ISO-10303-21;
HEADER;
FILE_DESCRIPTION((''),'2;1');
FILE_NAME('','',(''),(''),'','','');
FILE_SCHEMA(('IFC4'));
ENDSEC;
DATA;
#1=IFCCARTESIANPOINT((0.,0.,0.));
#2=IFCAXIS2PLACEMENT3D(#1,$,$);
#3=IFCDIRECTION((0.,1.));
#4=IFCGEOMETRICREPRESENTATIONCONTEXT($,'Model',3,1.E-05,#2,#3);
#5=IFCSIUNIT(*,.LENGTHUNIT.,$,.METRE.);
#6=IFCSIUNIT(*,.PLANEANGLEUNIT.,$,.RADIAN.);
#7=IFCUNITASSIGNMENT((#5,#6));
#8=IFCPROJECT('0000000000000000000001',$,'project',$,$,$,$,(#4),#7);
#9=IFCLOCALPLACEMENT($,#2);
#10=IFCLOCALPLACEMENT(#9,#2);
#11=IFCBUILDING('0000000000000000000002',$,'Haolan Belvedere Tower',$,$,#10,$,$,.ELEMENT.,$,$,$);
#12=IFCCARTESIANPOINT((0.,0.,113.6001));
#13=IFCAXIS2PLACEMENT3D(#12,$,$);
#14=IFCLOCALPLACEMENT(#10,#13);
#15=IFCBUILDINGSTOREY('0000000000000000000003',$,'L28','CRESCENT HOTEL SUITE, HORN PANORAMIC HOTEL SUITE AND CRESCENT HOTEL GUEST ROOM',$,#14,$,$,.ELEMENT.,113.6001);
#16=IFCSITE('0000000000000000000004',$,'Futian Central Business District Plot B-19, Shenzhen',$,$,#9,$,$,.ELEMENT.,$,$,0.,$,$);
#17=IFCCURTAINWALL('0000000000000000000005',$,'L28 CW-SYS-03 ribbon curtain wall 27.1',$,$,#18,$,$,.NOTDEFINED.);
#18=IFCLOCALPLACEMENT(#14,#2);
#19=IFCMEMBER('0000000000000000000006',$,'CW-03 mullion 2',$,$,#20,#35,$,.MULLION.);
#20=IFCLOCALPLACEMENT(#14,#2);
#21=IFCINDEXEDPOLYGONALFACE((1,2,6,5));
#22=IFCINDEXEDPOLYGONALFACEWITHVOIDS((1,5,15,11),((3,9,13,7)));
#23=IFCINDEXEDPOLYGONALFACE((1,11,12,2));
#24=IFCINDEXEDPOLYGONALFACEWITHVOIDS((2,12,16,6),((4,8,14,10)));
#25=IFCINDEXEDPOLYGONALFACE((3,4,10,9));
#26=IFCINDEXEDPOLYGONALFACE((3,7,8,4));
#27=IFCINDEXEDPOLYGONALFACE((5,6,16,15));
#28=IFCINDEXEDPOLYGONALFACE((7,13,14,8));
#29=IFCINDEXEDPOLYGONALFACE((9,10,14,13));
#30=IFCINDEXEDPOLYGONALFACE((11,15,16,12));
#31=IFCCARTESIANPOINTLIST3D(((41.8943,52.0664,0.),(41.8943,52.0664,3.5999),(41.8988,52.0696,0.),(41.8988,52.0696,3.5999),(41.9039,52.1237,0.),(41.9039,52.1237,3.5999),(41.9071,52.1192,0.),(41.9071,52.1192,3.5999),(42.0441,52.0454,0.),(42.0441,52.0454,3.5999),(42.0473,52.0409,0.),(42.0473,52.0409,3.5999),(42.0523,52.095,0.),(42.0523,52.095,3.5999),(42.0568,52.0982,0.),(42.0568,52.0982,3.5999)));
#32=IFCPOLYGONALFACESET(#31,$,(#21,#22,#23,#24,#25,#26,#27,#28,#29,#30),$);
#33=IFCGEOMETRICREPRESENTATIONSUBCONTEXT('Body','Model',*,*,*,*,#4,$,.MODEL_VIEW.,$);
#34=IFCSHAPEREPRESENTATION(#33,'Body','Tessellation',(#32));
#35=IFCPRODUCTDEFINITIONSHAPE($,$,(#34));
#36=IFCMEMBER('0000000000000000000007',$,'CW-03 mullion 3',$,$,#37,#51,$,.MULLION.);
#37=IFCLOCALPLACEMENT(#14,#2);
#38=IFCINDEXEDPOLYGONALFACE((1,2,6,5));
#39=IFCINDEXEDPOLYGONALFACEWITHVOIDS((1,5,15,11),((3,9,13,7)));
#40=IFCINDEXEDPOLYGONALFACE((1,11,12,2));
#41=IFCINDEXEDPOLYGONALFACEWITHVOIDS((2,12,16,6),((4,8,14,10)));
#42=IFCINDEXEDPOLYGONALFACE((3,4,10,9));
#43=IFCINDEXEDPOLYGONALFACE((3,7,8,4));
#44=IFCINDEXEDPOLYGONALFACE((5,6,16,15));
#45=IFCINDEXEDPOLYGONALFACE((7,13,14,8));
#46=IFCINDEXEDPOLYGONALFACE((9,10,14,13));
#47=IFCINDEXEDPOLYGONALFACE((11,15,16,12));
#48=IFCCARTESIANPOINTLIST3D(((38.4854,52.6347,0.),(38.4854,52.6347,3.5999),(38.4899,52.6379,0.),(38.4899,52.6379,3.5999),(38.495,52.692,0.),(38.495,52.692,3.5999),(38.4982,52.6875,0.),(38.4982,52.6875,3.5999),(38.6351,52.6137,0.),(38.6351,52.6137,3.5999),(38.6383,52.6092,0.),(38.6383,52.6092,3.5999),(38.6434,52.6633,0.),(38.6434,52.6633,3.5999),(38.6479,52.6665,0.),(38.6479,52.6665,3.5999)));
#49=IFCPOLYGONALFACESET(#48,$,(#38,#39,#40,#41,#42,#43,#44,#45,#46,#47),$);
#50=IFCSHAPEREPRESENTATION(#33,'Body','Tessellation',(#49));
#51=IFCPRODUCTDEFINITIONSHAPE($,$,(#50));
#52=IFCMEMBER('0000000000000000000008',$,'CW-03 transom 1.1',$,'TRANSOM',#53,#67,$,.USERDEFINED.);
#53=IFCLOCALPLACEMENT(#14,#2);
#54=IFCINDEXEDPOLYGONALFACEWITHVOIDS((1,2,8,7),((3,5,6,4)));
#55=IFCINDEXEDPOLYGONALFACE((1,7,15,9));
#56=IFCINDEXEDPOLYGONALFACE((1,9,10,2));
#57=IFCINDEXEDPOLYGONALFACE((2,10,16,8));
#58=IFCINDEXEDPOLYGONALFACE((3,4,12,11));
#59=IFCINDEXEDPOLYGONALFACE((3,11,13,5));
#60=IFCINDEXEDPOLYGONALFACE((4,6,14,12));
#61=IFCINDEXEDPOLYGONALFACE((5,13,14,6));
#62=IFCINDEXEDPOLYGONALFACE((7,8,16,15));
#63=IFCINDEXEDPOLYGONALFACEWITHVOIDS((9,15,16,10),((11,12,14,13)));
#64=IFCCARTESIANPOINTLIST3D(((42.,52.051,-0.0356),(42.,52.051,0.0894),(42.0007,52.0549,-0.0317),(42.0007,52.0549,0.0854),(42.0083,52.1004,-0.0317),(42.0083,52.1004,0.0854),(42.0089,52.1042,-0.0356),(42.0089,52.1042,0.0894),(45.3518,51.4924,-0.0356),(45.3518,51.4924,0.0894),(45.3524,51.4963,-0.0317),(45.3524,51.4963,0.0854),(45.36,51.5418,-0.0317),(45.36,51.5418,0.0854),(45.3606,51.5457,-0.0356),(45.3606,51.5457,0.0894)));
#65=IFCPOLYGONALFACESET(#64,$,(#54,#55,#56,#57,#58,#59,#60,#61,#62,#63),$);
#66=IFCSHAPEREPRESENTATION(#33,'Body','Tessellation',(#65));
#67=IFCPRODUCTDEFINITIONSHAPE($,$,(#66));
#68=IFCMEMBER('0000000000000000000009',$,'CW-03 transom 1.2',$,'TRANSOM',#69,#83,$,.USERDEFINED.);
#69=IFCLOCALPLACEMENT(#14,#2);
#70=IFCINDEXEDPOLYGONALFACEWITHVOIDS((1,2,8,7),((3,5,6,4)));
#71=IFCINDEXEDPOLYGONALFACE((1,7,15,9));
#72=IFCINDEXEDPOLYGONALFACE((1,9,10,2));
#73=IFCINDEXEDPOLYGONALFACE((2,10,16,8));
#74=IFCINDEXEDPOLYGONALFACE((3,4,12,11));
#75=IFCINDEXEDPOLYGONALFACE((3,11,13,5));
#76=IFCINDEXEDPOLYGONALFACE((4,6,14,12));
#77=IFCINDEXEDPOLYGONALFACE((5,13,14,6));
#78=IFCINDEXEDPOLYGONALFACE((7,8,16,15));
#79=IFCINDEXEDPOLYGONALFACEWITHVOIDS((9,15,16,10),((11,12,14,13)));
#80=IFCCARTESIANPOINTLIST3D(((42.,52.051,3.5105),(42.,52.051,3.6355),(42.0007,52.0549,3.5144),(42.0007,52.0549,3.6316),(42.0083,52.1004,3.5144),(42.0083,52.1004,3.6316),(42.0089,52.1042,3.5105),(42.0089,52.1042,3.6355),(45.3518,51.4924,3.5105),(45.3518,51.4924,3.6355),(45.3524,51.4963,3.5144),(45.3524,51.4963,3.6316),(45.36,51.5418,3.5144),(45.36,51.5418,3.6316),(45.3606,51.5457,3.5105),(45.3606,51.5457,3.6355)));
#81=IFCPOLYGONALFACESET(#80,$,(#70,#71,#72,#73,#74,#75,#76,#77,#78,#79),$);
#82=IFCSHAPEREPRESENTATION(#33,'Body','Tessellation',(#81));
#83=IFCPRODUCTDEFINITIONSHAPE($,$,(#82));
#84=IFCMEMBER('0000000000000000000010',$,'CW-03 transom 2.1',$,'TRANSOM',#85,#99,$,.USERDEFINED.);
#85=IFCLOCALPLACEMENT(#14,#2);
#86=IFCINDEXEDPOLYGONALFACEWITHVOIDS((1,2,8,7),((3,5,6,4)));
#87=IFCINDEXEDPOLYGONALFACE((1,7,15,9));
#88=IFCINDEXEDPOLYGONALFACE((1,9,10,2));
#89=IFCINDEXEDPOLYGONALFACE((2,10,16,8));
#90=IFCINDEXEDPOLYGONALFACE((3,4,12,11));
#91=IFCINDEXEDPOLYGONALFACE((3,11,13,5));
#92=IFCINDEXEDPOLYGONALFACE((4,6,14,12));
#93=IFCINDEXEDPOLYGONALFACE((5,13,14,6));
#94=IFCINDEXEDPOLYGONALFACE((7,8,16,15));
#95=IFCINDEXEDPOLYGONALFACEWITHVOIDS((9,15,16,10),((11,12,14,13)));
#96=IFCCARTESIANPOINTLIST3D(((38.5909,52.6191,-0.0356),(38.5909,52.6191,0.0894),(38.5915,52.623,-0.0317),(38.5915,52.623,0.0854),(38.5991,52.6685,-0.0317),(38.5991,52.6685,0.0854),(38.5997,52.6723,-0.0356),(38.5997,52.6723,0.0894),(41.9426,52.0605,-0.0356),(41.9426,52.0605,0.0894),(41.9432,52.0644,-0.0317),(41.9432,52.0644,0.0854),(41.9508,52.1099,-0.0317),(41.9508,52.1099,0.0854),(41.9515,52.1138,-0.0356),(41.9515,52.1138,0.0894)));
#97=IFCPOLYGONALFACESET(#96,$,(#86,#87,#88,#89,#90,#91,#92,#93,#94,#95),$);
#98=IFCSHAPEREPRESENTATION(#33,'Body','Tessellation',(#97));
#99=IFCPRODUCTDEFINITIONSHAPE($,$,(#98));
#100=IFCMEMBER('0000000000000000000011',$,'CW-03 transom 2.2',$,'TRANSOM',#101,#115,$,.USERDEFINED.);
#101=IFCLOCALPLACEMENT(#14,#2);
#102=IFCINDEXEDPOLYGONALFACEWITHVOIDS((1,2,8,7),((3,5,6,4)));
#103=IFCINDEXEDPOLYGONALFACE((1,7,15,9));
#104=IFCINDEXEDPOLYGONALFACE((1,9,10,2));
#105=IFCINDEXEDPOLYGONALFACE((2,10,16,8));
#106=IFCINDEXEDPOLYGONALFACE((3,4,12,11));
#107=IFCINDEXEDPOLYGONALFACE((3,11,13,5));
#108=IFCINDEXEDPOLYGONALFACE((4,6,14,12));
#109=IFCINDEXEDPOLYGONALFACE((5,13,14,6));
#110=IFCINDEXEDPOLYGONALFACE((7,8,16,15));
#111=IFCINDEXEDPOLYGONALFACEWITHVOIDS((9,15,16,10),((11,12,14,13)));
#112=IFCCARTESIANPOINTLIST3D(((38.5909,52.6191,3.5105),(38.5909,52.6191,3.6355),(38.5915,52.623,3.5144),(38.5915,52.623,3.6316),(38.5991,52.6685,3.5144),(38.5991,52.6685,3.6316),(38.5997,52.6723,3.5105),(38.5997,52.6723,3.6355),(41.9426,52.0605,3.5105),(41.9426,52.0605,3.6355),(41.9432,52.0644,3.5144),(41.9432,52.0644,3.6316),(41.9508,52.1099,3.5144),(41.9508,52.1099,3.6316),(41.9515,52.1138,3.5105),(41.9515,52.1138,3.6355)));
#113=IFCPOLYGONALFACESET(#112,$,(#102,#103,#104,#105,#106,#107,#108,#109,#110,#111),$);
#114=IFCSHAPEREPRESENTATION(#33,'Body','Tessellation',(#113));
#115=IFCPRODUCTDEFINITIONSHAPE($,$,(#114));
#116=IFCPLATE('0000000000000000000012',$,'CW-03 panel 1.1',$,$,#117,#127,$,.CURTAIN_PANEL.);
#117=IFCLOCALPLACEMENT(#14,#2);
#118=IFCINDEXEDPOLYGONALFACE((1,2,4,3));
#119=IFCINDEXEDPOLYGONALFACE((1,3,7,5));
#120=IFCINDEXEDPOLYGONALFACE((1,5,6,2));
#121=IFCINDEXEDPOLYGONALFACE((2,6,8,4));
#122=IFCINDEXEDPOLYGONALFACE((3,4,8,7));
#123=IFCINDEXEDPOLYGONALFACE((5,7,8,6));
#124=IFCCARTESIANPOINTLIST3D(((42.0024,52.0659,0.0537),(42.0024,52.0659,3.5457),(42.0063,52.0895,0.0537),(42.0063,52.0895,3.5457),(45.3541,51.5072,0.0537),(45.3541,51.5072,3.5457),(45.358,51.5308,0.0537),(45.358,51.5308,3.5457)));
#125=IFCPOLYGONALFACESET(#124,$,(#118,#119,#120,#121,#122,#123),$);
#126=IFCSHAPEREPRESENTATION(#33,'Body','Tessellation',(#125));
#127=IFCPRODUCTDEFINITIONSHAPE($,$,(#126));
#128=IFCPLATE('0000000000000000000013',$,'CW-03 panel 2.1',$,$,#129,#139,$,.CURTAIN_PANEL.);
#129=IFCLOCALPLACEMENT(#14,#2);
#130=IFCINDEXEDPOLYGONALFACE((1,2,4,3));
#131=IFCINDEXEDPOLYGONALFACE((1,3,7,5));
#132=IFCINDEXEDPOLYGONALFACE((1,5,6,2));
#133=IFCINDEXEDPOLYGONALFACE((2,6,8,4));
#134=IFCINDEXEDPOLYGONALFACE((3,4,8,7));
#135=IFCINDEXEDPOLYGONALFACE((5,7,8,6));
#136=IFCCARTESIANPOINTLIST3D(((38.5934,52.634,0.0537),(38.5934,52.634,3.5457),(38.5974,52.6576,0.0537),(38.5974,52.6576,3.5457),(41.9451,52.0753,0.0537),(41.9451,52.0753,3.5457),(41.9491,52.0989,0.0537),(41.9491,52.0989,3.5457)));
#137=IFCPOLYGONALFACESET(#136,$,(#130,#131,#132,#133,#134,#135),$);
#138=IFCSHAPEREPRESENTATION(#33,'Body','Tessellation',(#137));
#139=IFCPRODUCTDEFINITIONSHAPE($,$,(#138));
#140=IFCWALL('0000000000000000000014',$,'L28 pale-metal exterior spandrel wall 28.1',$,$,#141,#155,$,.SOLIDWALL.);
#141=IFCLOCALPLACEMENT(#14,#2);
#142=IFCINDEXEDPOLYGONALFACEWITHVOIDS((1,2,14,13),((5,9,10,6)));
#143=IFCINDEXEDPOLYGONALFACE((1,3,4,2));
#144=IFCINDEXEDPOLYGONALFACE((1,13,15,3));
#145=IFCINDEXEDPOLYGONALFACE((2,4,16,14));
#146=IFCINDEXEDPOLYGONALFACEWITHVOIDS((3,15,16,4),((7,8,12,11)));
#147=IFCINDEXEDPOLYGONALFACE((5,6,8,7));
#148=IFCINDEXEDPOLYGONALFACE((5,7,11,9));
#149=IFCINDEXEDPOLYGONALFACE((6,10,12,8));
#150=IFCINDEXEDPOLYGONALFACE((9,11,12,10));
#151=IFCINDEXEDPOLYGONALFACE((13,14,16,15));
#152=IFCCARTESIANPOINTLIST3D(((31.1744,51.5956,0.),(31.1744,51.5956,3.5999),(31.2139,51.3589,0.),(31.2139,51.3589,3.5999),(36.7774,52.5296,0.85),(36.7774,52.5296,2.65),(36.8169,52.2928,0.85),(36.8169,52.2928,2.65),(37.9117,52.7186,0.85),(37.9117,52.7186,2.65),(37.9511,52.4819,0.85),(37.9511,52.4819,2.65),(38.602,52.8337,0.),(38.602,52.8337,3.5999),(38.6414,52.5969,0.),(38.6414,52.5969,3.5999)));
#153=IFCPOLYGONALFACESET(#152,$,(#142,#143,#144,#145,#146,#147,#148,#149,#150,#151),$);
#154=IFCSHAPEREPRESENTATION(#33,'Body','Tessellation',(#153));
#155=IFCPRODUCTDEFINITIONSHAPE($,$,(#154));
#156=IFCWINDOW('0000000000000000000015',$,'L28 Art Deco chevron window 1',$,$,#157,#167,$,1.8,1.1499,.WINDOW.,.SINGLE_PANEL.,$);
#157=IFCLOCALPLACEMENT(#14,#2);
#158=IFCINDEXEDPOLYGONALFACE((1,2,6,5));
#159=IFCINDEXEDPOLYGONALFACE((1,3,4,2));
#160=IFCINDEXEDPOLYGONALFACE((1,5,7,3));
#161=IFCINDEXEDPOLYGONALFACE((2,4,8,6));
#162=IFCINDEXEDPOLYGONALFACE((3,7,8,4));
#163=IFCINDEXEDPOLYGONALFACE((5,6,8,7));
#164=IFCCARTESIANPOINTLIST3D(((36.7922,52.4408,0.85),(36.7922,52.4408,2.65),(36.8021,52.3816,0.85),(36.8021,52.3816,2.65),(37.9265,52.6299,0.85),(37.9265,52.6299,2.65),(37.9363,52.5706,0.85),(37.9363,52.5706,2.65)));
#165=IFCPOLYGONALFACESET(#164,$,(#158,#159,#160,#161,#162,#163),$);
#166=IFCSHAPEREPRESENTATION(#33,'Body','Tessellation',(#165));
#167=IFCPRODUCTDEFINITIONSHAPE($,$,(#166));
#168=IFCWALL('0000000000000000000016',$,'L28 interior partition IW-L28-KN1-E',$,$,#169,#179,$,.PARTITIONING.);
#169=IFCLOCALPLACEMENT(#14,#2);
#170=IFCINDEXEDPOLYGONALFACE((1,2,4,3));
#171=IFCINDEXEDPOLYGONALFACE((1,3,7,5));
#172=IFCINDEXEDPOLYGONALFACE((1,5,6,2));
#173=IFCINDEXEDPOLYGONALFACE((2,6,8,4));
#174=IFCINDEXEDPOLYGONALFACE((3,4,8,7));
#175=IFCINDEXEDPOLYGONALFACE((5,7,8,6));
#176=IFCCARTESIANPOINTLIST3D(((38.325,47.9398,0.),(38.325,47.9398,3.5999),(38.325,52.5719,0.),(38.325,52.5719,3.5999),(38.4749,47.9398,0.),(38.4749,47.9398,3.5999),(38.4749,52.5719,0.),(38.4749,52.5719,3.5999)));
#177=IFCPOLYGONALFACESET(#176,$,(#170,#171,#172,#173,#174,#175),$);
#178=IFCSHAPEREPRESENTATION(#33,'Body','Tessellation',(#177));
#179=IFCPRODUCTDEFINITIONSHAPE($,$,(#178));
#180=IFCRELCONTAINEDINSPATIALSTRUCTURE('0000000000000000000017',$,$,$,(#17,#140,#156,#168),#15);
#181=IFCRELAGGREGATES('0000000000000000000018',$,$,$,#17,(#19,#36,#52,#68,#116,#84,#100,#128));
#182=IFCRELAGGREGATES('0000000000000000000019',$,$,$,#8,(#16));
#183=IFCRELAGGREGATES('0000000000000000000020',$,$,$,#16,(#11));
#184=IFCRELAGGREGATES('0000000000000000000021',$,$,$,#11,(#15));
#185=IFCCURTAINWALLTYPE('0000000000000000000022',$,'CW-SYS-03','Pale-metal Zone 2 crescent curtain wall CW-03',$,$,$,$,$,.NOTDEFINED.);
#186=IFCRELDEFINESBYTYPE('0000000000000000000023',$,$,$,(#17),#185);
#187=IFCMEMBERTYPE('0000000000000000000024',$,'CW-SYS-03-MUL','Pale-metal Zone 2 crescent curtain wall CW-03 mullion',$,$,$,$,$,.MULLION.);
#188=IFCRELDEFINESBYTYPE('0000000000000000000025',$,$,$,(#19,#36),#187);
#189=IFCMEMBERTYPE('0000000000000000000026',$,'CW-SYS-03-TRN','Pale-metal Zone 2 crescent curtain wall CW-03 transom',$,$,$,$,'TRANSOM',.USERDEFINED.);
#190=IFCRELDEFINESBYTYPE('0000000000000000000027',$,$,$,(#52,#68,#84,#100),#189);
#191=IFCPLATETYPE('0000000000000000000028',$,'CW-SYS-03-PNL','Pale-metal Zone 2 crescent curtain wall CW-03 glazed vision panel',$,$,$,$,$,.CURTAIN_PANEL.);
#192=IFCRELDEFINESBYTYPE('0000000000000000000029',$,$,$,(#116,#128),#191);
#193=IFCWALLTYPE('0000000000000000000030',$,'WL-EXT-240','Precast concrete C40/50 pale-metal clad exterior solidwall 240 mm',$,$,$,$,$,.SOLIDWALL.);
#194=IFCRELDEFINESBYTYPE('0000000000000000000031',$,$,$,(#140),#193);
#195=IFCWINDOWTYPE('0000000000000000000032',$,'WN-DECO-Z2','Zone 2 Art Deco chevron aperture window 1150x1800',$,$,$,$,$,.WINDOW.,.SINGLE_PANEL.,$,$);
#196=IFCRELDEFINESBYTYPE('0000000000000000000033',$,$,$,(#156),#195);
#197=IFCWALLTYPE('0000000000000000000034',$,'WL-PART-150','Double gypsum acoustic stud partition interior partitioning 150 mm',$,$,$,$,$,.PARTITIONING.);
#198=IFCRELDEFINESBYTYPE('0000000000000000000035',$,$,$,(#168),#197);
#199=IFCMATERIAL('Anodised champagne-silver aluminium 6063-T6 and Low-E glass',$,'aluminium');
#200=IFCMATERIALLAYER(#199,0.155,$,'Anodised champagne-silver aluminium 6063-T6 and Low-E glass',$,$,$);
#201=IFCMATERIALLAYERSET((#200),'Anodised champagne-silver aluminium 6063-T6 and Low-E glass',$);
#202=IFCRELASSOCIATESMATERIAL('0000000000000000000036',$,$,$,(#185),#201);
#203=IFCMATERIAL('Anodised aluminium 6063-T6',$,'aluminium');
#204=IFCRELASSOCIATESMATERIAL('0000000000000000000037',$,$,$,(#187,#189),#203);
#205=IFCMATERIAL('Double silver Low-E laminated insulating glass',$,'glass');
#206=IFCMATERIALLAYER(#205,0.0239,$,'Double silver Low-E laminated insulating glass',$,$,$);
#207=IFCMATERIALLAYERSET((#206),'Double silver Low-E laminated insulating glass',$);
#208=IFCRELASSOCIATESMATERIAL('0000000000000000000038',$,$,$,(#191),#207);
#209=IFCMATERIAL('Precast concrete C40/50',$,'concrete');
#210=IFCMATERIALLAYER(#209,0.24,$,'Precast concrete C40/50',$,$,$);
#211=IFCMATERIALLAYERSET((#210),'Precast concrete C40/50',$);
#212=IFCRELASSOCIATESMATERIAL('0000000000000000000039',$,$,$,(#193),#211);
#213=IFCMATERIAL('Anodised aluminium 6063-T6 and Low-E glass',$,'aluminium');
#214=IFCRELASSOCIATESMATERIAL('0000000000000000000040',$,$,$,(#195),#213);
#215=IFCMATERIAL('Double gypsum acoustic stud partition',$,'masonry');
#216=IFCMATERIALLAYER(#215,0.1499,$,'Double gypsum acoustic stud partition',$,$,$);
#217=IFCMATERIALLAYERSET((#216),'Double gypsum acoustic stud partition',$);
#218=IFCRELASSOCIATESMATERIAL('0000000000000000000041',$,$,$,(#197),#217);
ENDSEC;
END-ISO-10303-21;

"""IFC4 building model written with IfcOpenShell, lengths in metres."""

from ifc_helpers import new_model, si_unit, direction, frame, frame_2d, origin, origin_2d, place, context, subcontext, project, spatial, rectangle, hollow_rectangle, extrude, material, layer, layer_set, material_profile, profile_set, type_object, element, fill, aggregate, save


model = new_model("IFC4")

# Units and contexts
model_context = context("Model", 3, precision=1e-05, world=origin(), true_north=direction((0.0, 1.0)))
body_context = subcontext(model_context, "Body", "Model", "MODEL_VIEW")
ifc_project = project(units=[si_unit("LENGTHUNIT", "METRE"), si_unit("PLANEANGLEUNIT", "RADIAN")], contexts=[model_context])

# Site, building, storey
site_placement = place(None, origin())
site = spatial("IfcSite", under=ifc_project, at=site_placement, Name="Futian Central Business District Plot B-19, Shenzhen", CompositionType="ELEMENT", RefElevation=0.0)
building_placement = place(site_placement, origin())
building = spatial("IfcBuilding", under=site, at=building_placement, Name="Haolan Belvedere Tower", CompositionType="ELEMENT")
storey_placement = place(building_placement, frame((0.0, 0.0, 113.6001)))
storey = spatial("IfcBuildingStorey", under=building, at=storey_placement, Name="L28", Description="CRESCENT HOTEL SUITE, HORN PANORAMIC HOTEL SUITE AND CRESCENT HOTEL GUEST ROOM", CompositionType="ELEMENT", Elevation=113.6001)

# Curtain wall, members, plates
ifc_material_1 = material(Name="Anodised champagne-silver aluminium 6063-T6 and Low-E glass", Category="aluminium")
ifc_layer_1 = layer(ifc_material_1, 0.155, Name="Anodised champagne-silver aluminium 6063-T6 and Low-E glass")
ifc_layer_set_1 = layer_set([ifc_layer_1], Name="Anodised champagne-silver aluminium 6063-T6 and Low-E glass")
curtain_wall_type = type_object("IfcCurtainWallType", Name="CW-SYS-03", Description="Pale-metal Zone 2 crescent curtain wall CW-03", PredefinedType="NOTDEFINED", material=ifc_layer_set_1)
curtain_wall_placement = place(storey_placement, origin())
curtain_wall = element("IfcCurtainWall", 1, at=curtain_wall_placement, inside=storey, type_object=curtain_wall_type, Name="L28 CW-SYS-03 ribbon curtain wall 27.1", PredefinedType="NOTDEFINED")
ifc_material_2 = material(Name="Anodised aluminium 6063-T6", Category="aluminium")
ifc_material_profile_1 = material_profile(ifc_material_2, hollow_rectangle(XDim=0.0581, YDim=0.155, WallThickness=0.0039, at=origin_2d()), Name="Anodised aluminium 6063-T6")
ifc_profile_set_1 = profile_set([ifc_material_profile_1], Name="Anodised aluminium 6063-T6")
member_type_1 = type_object("IfcMemberType", Name="CW-SYS-03-MUL", Description="Pale-metal Zone 2 crescent curtain wall CW-03 mullion", PredefinedType="MULLION", material=ifc_profile_set_1)
member_1_placement = place(storey_placement, frame((41.9756, 52.0823, 0.0), z_axis=(0.0, 0.0, 1.0), x_axis=(-0.164404, -0.986393, 0.0)))
member_1 = element("IfcMember", 2, at=member_1_placement, type_object=member_type_1, Name="CW-03 mullion 2", PredefinedType="MULLION", context=body_context, shape_type="SweptSolid", body=[
    extrude(hollow_rectangle(XDim=0.0581, YDim=0.155, WallThickness=0.0039, at=origin_2d()), origin(), (0.0, 0.0, 1.0), 3.5999),
])
member_2_placement = place(storey_placement, frame((38.5667, 52.6506, 0.0), z_axis=(0.0, 0.0, 1.0), x_axis=(-0.164404, -0.986393, 0.0)))
member_2 = element("IfcMember", 3, at=member_2_placement, type_object=member_type_1, Name="CW-03 mullion 3", PredefinedType="MULLION", context=body_context, shape_type="SweptSolid", body=[
    extrude(hollow_rectangle(XDim=0.0581, YDim=0.155, WallThickness=0.0039, at=origin_2d()), origin(), (0.0, 0.0, 1.0), 3.5999),
])
ifc_material_profile_2 = material_profile(ifc_material_2, hollow_rectangle(XDim=0.054, YDim=0.125, WallThickness=0.0039, at=origin_2d()), Name="Anodised aluminium 6063-T6")
ifc_profile_set_2 = profile_set([ifc_material_profile_2], Name="Anodised aluminium 6063-T6")
member_type_2 = type_object("IfcMemberType", Name="CW-SYS-03-TRN", Description="Pale-metal Zone 2 crescent curtain wall CW-03 transom", ElementType="TRANSOM", PredefinedType="USERDEFINED", material=ifc_profile_set_2)
member_3_placement = place(storey_placement, frame((45.3562, 51.519, 0.0269), z_axis=(-0.986396, 0.164387, 0.0), x_axis=(-0.164387, -0.986396, 0.0)))
member_3 = element("IfcMember", 4, at=member_3_placement, type_object=member_type_2, Name="CW-03 transom 1.1", ObjectType="TRANSOM", PredefinedType="USERDEFINED", context=body_context, shape_type="SweptSolid", body=[
    extrude(hollow_rectangle(XDim=0.054, YDim=0.125, WallThickness=0.0039, at=origin_2d()), origin(), (0.0, 0.0, 1.0), 3.3979),
])
member_4_placement = place(storey_placement, frame((45.3562, 51.519, 3.573), z_axis=(-0.986396, 0.164387, 0.0), x_axis=(-0.164387, -0.986396, 0.0)))
member_4 = element("IfcMember", 5, at=member_4_placement, type_object=member_type_2, Name="CW-03 transom 1.2", ObjectType="TRANSOM", PredefinedType="USERDEFINED", context=body_context, shape_type="SweptSolid", body=[
    extrude(hollow_rectangle(XDim=0.054, YDim=0.125, WallThickness=0.0039, at=origin_2d()), origin(), (0.0, 0.0, 1.0), 3.3979),
])
member_5_placement = place(storey_placement, frame((41.947, 52.0872, 0.0269), z_axis=(-0.986396, 0.164387, 0.0), x_axis=(-0.164387, -0.986396, 0.0)))
member_5 = element("IfcMember", 6, at=member_5_placement, type_object=member_type_2, Name="CW-03 transom 2.1", ObjectType="TRANSOM", PredefinedType="USERDEFINED", context=body_context, shape_type="SweptSolid", body=[
    extrude(hollow_rectangle(XDim=0.054, YDim=0.125, WallThickness=0.0039, at=origin_2d()), origin(), (0.0, 0.0, 1.0), 3.3979),
])
member_6_placement = place(storey_placement, frame((41.947, 52.0872, 3.573), z_axis=(-0.986396, 0.164387, 0.0), x_axis=(-0.164387, -0.986396, 0.0)))
member_6 = element("IfcMember", 7, at=member_6_placement, type_object=member_type_2, Name="CW-03 transom 2.2", ObjectType="TRANSOM", PredefinedType="USERDEFINED", context=body_context, shape_type="SweptSolid", body=[
    extrude(hollow_rectangle(XDim=0.054, YDim=0.125, WallThickness=0.0039, at=origin_2d()), origin(), (0.0, 0.0, 1.0), 3.3979),
])
ifc_material_3 = material(Name="Double silver Low-E laminated insulating glass", Category="glass")
ifc_layer_2 = layer(ifc_material_3, 0.0239, Name="Double silver Low-E laminated insulating glass")
ifc_layer_set_2 = layer_set([ifc_layer_2], Name="Double silver Low-E laminated insulating glass")
plate_type = type_object("IfcPlateType", Name="CW-SYS-03-PNL", Description="Pale-metal Zone 2 crescent curtain wall CW-03 glazed vision panel", PredefinedType="CURTAIN_PANEL", material=ifc_layer_set_2)
plate_1_placement = place(storey_placement, frame((43.6802, 51.7983, 0.0537), z_axis=(0.0, 0.0, 1.0), x_axis=(-0.986393, 0.164404, 0.0)))
plate_1 = element("IfcPlate", 8, at=plate_1_placement, type_object=plate_type, Name="CW-03 panel 1.1", PredefinedType="CURTAIN_PANEL", context=body_context, shape_type="SweptSolid", body=[
    extrude(rectangle(XDim=3.3979, YDim=0.0239, at=origin_2d()), origin(), (0.0, 0.0, 1.0), 3.4919),
])
plate_2_placement = place(storey_placement, frame((40.2712, 52.3665, 0.0537), z_axis=(0.0, 0.0, 1.0), x_axis=(-0.986393, 0.164404, 0.0)))
plate_2 = element("IfcPlate", 9, at=plate_2_placement, type_object=plate_type, Name="CW-03 panel 2.1", PredefinedType="CURTAIN_PANEL", context=body_context, shape_type="SweptSolid", body=[
    extrude(rectangle(XDim=3.3979, YDim=0.0239, at=origin_2d()), origin(), (0.0, 0.0, 1.0), 3.4919),
])
aggregate(curtain_wall, [member_1, member_2, member_3, member_4, plate_1, member_5, member_6, plate_2])

# Wall, opening, window
ifc_material_4 = material(Name="Precast concrete C40/50", Category="concrete")
ifc_layer_3 = layer(ifc_material_4, 0.24, Name="Precast concrete C40/50")
ifc_layer_set_3 = layer_set([ifc_layer_3], Name="Precast concrete C40/50")
wall_type_1 = type_object("IfcWallType", Name="WL-EXT-240", Description="Precast concrete C40/50 pale-metal clad exterior solidwall 240 mm", PredefinedType="SOLIDWALL", material=ifc_layer_set_3)
wall_1_placement = place(storey_placement, frame((38.6218, 52.7153, 0.0), z_axis=(0.0, 0.0, 1.0), x_axis=(-0.986391, -0.164415, 0.0)))
wall_1 = element("IfcWall", 10, at=wall_1_placement, inside=storey, type_object=wall_type_1, Name="L28 pale-metal exterior spandrel wall 28.1", PredefinedType="SOLIDWALL", context=body_context, shape_type="SweptSolid", body=[
    extrude(rectangle(XDim=7.53, YDim=0.24, at=frame_2d((3.7651, 0.0))), origin(), (0.0, 0.0, 1.0), 3.5999),
])
opening_1_placement = place(wall_1_placement, frame((0.7, 0.0, 0.8501)))
opening_1 = element("IfcOpeningElement", 11, at=opening_1_placement, cuts=wall_1, PredefinedType="OPENING", context=body_context, shape_type="SweptSolid", body=[
    extrude(rectangle(XDim=1.1499, YDim=1.8, at=frame_2d((0.575, 0.8999))), frame((0.0, 0.1299, 0.0), z_axis=(0.0, -1.0, 0.0), x_axis=(1.0, 0.0, 0.0)), (0.0, 0.0, 1.0), 0.26),
])
ifc_material_5 = material(Name="Anodised aluminium 6063-T6 and Low-E glass", Category="aluminium")
window_type = type_object("IfcWindowType", Name="WN-DECO-Z2", Description="Zone 2 Art Deco chevron aperture window 1150x1800", PartitioningType="SINGLE_PANEL", PredefinedType="WINDOW", material=ifc_material_5)
window_placement = place(opening_1_placement, origin())
window = element("IfcWindow", 12, at=window_placement, inside=storey, type_object=window_type, Name="L28 Art Deco chevron window 1", OverallHeight=1.8, OverallWidth=1.1499, PartitioningType="SINGLE_PANEL", PredefinedType="WINDOW", context=body_context, shape_type="SweptSolid", body=[
    extrude(rectangle(XDim=1.1499, YDim=1.8, at=frame_2d((0.575, 0.8999))), frame((0.0, 0.03, 0.0), z_axis=(0.0, -1.0, 0.0), x_axis=(1.0, 0.0, 0.0)), (0.0, 0.0, 1.0), 0.0601),
])
fill(opening_1, window)

# Wall
ifc_material_6 = material(Name="Double gypsum acoustic stud partition", Category="masonry")
ifc_layer_4 = layer(ifc_material_6, 0.1499, Name="Double gypsum acoustic stud partition")
ifc_layer_set_4 = layer_set([ifc_layer_4], Name="Double gypsum acoustic stud partition")
wall_type_2 = type_object("IfcWallType", Name="WL-PART-150", Description="Double gypsum acoustic stud partition interior partitioning 150 mm", PredefinedType="PARTITIONING", material=ifc_layer_set_4)
wall_2_placement = place(storey_placement, frame((38.3999, 47.9399, 0.0), z_axis=(0.0, 0.0, 1.0), x_axis=(0.0, 1.0, 0.0)))
element("IfcWall", 13, at=wall_2_placement, inside=storey, type_object=wall_type_2, Name="L28 interior partition IW-L28-KN1-E", PredefinedType="PARTITIONING", context=body_context, shape_type="SweptSolid", body=[
    extrude(rectangle(XDim=4.6321, YDim=0.1499, at=frame_2d((2.3159, 0.0))), origin(), (0.0, 0.0, 1.0), 3.5999),
])

save(model, "model.ifc")
